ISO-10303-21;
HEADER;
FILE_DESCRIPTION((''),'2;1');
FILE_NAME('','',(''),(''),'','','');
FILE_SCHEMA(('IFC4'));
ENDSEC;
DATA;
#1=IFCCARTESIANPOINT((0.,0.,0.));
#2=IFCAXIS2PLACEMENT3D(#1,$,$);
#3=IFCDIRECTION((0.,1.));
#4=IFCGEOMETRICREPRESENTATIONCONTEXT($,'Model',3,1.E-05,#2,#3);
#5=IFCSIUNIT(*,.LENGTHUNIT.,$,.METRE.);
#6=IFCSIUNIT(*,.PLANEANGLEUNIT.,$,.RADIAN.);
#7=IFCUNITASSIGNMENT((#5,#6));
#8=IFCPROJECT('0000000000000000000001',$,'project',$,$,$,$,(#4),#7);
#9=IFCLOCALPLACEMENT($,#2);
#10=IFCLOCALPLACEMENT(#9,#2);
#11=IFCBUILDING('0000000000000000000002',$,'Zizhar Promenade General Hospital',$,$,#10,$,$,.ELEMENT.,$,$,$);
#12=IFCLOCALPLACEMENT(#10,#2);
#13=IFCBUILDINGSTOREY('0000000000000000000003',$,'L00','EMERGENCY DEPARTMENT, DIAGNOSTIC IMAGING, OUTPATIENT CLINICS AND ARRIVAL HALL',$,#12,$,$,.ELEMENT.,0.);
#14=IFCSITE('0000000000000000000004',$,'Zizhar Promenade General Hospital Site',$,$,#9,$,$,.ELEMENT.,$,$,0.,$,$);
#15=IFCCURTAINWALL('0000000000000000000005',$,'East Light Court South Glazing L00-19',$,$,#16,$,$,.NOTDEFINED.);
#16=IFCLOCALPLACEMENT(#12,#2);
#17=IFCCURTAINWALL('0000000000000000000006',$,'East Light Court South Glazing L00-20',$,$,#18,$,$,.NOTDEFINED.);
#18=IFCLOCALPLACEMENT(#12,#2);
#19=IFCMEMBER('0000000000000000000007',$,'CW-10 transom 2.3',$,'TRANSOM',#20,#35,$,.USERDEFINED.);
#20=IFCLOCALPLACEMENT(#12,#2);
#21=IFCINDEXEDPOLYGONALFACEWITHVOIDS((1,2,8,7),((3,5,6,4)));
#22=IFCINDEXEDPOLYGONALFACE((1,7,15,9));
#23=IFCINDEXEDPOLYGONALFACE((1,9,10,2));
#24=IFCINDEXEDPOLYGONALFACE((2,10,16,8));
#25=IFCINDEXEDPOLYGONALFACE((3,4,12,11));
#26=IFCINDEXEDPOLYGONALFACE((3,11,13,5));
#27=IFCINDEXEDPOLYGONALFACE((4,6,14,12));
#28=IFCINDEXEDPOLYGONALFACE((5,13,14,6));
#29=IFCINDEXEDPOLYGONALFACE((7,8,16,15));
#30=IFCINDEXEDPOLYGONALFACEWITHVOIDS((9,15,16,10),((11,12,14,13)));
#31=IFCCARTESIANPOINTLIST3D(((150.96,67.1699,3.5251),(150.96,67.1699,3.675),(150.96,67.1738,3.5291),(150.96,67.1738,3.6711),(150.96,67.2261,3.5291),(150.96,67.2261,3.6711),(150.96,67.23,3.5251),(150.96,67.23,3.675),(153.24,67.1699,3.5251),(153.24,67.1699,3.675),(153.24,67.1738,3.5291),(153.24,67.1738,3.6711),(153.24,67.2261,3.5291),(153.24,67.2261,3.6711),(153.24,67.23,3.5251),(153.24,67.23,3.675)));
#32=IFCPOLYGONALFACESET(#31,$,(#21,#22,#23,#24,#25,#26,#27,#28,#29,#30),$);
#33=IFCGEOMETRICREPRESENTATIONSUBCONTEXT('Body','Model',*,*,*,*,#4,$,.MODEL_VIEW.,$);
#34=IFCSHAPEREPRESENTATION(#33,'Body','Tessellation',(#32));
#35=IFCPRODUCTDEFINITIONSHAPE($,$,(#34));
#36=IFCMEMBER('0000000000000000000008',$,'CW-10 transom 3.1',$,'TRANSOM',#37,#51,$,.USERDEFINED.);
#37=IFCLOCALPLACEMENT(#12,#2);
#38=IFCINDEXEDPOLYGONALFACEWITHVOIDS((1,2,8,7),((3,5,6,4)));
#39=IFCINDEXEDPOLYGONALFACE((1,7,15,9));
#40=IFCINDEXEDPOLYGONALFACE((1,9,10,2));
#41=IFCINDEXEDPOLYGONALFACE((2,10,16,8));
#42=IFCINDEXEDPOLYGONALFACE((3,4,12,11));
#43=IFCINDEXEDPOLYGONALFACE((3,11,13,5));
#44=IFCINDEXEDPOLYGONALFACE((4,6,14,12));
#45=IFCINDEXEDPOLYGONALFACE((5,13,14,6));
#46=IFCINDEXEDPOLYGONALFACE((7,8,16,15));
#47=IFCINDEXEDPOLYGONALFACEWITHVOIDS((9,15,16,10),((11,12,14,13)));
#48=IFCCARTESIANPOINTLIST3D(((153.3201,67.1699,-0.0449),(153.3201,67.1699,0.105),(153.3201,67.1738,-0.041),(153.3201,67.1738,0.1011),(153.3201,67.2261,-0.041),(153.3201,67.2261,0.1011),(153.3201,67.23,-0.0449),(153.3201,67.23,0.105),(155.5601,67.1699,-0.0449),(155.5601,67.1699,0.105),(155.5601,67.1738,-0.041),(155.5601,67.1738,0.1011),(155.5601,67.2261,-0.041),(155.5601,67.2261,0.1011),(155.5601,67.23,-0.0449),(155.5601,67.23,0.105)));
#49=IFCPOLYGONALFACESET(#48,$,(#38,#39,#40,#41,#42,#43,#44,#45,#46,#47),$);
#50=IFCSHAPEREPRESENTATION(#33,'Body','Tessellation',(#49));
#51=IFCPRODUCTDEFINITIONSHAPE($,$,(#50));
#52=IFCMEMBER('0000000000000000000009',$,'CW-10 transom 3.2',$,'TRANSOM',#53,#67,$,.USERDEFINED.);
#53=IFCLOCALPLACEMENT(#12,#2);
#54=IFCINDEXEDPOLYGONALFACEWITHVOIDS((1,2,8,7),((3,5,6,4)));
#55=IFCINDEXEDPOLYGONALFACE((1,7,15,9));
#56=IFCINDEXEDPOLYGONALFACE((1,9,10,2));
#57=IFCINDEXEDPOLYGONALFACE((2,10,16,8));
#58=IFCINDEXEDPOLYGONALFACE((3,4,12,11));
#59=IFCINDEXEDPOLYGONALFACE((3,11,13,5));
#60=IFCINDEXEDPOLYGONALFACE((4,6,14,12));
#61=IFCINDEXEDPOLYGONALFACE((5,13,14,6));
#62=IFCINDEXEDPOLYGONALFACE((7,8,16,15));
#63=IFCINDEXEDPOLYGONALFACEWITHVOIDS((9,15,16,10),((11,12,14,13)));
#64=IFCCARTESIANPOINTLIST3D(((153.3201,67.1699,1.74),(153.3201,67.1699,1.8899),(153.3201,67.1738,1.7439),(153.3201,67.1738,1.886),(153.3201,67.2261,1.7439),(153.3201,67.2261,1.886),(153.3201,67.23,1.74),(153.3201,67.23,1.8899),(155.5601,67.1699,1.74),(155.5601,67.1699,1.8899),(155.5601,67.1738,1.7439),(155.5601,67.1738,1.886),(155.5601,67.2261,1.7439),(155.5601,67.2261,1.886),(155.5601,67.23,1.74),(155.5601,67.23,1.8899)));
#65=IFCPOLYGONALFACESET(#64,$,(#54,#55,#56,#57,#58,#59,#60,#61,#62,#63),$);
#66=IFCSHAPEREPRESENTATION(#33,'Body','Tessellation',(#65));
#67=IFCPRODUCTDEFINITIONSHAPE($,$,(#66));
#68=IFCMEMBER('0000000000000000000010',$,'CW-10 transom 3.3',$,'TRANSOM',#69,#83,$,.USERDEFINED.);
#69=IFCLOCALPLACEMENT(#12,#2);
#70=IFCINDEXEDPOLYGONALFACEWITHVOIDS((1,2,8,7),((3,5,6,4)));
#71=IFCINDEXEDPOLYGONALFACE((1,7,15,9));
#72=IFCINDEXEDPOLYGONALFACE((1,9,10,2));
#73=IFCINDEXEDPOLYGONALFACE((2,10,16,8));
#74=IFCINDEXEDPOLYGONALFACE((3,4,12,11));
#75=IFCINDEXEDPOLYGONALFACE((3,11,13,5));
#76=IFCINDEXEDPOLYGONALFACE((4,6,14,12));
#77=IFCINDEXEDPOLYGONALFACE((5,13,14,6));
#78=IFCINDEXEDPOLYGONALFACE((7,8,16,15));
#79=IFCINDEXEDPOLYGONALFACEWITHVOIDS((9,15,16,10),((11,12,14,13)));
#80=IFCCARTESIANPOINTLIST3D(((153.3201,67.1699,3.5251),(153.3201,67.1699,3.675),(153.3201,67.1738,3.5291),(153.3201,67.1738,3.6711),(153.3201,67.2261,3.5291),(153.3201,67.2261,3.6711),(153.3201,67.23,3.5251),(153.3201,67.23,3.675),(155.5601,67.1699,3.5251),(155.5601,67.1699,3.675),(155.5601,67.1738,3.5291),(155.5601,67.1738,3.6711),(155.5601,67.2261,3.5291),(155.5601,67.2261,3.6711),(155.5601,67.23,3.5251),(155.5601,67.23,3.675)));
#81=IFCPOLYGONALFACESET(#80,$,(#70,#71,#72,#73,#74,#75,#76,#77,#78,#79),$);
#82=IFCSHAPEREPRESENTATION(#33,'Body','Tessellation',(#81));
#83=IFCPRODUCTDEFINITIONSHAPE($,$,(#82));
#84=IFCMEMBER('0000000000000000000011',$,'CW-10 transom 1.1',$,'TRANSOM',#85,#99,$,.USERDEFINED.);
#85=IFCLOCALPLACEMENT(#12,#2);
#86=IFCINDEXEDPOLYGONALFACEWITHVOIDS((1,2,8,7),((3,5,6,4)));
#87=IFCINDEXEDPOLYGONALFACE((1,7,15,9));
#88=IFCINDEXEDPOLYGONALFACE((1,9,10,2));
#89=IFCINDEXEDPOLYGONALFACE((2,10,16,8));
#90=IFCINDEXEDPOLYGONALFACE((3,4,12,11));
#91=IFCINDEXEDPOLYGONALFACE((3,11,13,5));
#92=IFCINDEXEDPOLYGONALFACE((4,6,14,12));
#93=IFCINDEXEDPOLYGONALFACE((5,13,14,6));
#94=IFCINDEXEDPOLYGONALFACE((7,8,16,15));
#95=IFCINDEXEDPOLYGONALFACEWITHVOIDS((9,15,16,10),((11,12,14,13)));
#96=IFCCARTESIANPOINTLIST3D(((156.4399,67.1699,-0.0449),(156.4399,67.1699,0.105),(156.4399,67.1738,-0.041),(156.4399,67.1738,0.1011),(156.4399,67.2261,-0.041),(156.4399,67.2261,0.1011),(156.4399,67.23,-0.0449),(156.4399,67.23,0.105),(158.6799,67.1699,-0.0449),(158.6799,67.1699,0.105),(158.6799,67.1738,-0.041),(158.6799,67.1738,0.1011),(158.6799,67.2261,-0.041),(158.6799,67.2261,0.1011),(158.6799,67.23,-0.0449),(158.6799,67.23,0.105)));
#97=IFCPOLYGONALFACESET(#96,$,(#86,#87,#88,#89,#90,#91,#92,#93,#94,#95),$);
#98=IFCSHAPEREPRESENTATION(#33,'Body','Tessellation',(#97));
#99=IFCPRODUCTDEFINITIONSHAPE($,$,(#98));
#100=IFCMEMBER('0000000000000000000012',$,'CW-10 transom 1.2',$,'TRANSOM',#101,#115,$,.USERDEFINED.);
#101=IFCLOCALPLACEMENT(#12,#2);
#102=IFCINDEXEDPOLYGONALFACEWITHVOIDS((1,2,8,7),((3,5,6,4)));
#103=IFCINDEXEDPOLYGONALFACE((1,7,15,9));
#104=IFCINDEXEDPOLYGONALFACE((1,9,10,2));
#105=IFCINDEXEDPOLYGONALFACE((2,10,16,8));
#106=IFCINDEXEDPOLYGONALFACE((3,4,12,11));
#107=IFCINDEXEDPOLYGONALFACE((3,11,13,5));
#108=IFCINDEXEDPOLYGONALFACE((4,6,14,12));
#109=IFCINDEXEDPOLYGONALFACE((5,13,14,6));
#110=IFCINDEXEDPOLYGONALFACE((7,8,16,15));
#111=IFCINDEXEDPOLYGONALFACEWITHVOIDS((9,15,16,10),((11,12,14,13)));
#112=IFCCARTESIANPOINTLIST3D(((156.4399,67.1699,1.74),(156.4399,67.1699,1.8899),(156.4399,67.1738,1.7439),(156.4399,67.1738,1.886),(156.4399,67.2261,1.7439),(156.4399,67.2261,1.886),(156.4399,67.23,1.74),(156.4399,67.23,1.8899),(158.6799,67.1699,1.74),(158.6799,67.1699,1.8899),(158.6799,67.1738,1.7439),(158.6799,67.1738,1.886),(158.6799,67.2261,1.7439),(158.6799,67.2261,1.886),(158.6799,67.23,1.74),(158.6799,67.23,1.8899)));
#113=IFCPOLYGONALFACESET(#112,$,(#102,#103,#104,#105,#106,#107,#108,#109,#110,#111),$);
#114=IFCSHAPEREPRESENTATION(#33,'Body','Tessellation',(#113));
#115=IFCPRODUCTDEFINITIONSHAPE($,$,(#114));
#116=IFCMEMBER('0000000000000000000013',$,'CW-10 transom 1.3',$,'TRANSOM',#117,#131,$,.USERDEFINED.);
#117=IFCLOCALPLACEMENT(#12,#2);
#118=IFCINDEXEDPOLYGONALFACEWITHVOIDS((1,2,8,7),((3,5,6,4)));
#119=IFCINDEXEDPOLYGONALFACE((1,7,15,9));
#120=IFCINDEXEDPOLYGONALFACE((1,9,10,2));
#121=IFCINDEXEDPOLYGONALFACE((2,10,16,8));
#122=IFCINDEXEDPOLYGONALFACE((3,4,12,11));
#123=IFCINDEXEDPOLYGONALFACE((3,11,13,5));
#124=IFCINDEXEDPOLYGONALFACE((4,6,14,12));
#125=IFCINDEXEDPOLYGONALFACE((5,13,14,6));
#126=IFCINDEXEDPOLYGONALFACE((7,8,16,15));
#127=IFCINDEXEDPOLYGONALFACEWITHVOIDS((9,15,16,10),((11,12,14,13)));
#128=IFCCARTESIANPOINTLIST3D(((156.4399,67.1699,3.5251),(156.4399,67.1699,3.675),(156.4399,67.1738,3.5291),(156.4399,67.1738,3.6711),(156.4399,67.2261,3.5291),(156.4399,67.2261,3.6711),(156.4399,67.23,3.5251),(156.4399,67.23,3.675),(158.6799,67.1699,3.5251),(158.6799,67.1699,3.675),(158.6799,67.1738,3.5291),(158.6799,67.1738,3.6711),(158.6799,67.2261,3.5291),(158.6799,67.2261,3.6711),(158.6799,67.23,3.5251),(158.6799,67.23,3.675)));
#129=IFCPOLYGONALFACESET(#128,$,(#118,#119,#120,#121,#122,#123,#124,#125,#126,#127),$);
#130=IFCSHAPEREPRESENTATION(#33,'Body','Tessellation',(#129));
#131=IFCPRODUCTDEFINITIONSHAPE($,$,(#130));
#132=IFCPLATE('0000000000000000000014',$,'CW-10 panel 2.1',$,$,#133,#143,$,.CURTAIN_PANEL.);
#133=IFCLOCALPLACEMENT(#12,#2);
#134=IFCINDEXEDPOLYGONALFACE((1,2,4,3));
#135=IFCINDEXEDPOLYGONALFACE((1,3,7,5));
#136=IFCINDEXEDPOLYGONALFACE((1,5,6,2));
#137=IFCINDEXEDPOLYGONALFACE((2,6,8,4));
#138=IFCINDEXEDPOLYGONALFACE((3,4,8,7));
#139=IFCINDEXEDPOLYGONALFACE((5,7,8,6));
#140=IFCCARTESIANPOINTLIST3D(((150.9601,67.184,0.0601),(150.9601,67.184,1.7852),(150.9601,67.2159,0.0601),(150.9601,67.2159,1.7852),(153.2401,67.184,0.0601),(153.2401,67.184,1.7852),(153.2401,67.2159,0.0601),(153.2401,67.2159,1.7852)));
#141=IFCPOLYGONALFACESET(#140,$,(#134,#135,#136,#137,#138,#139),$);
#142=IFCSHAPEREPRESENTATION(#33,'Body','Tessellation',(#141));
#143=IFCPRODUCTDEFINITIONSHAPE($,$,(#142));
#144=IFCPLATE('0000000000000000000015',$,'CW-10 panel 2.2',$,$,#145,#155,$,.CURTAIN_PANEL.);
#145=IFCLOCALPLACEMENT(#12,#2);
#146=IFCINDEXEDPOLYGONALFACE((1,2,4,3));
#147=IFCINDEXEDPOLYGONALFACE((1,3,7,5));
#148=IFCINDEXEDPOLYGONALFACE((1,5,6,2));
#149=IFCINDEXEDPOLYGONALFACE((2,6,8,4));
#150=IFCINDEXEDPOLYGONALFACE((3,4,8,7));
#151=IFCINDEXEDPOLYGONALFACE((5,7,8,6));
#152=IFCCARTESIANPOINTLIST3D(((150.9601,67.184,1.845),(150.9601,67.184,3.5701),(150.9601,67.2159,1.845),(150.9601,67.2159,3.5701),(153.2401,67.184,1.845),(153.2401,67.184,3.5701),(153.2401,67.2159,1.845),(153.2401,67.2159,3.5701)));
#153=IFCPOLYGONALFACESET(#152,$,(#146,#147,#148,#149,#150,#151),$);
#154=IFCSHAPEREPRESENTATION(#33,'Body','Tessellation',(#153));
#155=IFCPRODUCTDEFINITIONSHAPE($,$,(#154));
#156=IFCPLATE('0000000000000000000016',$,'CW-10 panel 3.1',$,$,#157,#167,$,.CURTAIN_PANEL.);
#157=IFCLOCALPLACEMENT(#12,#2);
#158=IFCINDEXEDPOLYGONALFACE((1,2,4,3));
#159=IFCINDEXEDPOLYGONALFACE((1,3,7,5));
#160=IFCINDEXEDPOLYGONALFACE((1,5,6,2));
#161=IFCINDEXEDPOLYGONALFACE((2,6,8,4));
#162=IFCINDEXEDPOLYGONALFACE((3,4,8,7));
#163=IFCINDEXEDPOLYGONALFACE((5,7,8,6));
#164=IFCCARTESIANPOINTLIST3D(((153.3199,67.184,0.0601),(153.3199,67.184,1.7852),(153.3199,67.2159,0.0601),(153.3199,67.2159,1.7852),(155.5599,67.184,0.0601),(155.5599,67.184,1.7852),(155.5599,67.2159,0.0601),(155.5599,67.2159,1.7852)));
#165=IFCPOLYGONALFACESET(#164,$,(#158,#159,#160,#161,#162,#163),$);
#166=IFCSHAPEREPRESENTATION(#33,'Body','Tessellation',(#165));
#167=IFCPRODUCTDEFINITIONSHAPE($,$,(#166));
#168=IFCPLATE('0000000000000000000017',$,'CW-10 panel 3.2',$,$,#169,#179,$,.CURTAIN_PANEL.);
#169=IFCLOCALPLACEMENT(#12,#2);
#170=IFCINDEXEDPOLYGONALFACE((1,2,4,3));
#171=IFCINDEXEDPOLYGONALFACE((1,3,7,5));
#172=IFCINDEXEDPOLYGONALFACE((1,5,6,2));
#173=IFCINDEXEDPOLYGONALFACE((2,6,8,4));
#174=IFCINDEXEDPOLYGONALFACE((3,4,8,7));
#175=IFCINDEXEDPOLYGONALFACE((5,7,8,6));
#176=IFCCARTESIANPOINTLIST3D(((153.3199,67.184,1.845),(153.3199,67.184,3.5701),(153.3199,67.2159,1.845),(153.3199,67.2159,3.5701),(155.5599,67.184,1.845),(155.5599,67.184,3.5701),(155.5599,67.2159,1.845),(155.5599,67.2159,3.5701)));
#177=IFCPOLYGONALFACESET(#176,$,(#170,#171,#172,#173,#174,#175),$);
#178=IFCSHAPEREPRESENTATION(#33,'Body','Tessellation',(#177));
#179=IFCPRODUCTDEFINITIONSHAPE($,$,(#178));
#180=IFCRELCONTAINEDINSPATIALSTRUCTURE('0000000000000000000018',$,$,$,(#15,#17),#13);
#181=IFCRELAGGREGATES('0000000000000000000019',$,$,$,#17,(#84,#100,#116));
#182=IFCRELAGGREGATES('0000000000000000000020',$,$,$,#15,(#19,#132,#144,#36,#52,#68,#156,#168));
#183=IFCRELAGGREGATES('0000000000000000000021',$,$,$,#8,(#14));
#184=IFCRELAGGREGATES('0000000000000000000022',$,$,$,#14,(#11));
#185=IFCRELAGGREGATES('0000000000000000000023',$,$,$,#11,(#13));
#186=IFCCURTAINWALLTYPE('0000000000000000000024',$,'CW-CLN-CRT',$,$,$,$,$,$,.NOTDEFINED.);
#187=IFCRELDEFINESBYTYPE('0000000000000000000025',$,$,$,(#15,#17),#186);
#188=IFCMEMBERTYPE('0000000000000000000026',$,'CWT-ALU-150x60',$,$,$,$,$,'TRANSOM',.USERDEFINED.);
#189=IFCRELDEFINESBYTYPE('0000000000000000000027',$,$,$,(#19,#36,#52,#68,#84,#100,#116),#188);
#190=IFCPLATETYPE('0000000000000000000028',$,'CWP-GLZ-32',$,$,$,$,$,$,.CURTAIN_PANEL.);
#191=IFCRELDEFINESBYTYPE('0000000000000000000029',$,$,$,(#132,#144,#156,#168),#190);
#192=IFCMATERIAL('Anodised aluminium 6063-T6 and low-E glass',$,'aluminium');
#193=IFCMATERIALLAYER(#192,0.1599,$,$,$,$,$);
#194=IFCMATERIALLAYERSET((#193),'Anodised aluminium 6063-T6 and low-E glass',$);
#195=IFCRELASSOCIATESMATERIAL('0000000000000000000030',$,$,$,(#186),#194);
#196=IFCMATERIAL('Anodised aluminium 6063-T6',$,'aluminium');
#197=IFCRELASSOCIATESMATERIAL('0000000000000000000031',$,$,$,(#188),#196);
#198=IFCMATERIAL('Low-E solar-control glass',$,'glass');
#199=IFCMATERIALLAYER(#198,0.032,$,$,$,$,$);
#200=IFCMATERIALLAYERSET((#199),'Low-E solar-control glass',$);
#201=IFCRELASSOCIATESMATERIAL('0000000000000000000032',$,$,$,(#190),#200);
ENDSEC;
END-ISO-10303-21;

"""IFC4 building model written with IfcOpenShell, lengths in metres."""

from ifc_helpers import new_model, si_unit, direction, frame, origin, origin_2d, place, context, subcontext, project, spatial, rectangle, hollow_rectangle, extrude, material, layer, layer_set, material_profile, profile_set, type_object, element, aggregate, save


model = new_model("IFC4")

# Units and contexts
model_context = context("Model", 3, precision=1e-05, world=origin(), true_north=direction((0.0, 1.0)))
body_context = subcontext(model_context, "Body", "Model", "MODEL_VIEW")
ifc_project = project(units=[si_unit("LENGTHUNIT", "METRE"), si_unit("PLANEANGLEUNIT", "RADIAN")], contexts=[model_context])

# Site, building, storey
site_placement = place(None, origin())
site = spatial("IfcSite", under=ifc_project, at=site_placement, Name="Zizhar Promenade General Hospital Site", CompositionType="ELEMENT", RefElevation=0.0)
building_placement = place(site_placement, origin())
building = spatial("IfcBuilding", under=site, at=building_placement, Name="Zizhar Promenade General Hospital", CompositionType="ELEMENT")
storey_placement = place(building_placement, origin())
storey = spatial("IfcBuildingStorey", under=building, at=storey_placement, Name="L00", Description="EMERGENCY DEPARTMENT, DIAGNOSTIC IMAGING, OUTPATIENT CLINICS AND ARRIVAL HALL", CompositionType="ELEMENT", Elevation=0.0)

# Curtain wall
ifc_material_1 = material(Name="Anodised aluminium 6063-T6 and low-E glass", Category="aluminium")
ifc_layer_1 = layer(ifc_material_1, 0.1599)
ifc_layer_set_1 = layer_set([ifc_layer_1], Name="Anodised aluminium 6063-T6 and low-E glass")
curtain_wall_type = type_object("IfcCurtainWallType", Name="CW-CLN-CRT", PredefinedType="NOTDEFINED", material=ifc_layer_set_1)
curtain_wall_1_placement = place(storey_placement, origin())
curtain_wall_1 = element("IfcCurtainWall", 1, at=curtain_wall_1_placement, inside=storey, type_object=curtain_wall_type, Name="East Light Court South Glazing L00-19", PredefinedType="NOTDEFINED")

# Curtain wall
curtain_wall_2_placement = place(storey_placement, origin())
curtain_wall_2 = element("IfcCurtainWall", 2, at=curtain_wall_2_placement, inside=storey, type_object=curtain_wall_type, Name="East Light Court South Glazing L00-20", PredefinedType="NOTDEFINED")

# Members
ifc_material_2 = material(Name="Anodised aluminium 6063-T6", Category="aluminium")
ifc_material_profile_1 = material_profile(ifc_material_2, hollow_rectangle(XDim=0.0601, YDim=0.1499, WallThickness=0.0039, at=origin_2d()))
ifc_profile_set_1 = profile_set([ifc_material_profile_1], Name="Anodised aluminium 6063-T6")
member_type_1 = type_object("IfcMemberType", Name="CWT-ALU-150x60", ElementType="TRANSOM", PredefinedType="USERDEFINED", material=ifc_profile_set_1)
member_1_placement = place(storey_placement, frame((150.96, 67.2, 3.6001), z_axis=(1.0, 0.0, 0.0), x_axis=(0.0, 1.0, 0.0)))
member_1 = element("IfcMember", 3, at=member_1_placement, type_object=member_type_1, Name="CW-10 transom 2.3", ObjectType="TRANSOM", PredefinedType="USERDEFINED", context=body_context, shape_type="SweptSolid", body=[
    extrude(hollow_rectangle(XDim=0.0601, YDim=0.1499, WallThickness=0.0039, at=origin_2d()), origin(), (0.0, 0.0, 1.0), 2.28),
])
member_2_placement = place(storey_placement, frame((153.3201, 67.2, 0.03), z_axis=(1.0, 0.0, 0.0), x_axis=(0.0, 1.0, 0.0)))
member_2 = element("IfcMember", 4, at=member_2_placement, type_object=member_type_1, Name="CW-10 transom 3.1", ObjectType="TRANSOM", PredefinedType="USERDEFINED", context=body_context, shape_type="SweptSolid", body=[
    extrude(hollow_rectangle(XDim=0.0601, YDim=0.1499, WallThickness=0.0039, at=origin_2d()), origin(), (0.0, 0.0, 1.0), 2.24),
])
member_3_placement = place(storey_placement, frame((153.3201, 67.2, 1.8149), z_axis=(1.0, 0.0, 0.0), x_axis=(0.0, 1.0, 0.0)))
member_3 = element("IfcMember", 5, at=member_3_placement, type_object=member_type_1, Name="CW-10 transom 3.2", ObjectType="TRANSOM", PredefinedType="USERDEFINED", context=body_context, shape_type="SweptSolid", body=[
    extrude(hollow_rectangle(XDim=0.0601, YDim=0.1499, WallThickness=0.0039, at=origin_2d()), origin(), (0.0, 0.0, 1.0), 2.24),
])
member_4_placement = place(storey_placement, frame((153.3201, 67.2, 3.6001), z_axis=(1.0, 0.0, 0.0), x_axis=(0.0, 1.0, 0.0)))
member_4 = element("IfcMember", 6, at=member_4_placement, type_object=member_type_1, Name="CW-10 transom 3.3", ObjectType="TRANSOM", PredefinedType="USERDEFINED", context=body_context, shape_type="SweptSolid", body=[
    extrude(hollow_rectangle(XDim=0.0601, YDim=0.1499, WallThickness=0.0039, at=origin_2d()), origin(), (0.0, 0.0, 1.0), 2.24),
])
member_5_placement = place(storey_placement, frame((156.4399, 67.2, 0.03), z_axis=(1.0, 0.0, 0.0), x_axis=(0.0, 1.0, 0.0)))
member_5 = element("IfcMember", 7, at=member_5_placement, type_object=member_type_1, Name="CW-10 transom 1.1", ObjectType="TRANSOM", PredefinedType="USERDEFINED", context=body_context, shape_type="SweptSolid", body=[
    extrude(hollow_rectangle(XDim=0.0601, YDim=0.1499, WallThickness=0.0039, at=origin_2d()), origin(), (0.0, 0.0, 1.0), 2.24),
])
member_6_placement = place(storey_placement, frame((156.4399, 67.2, 1.8149), z_axis=(1.0, 0.0, 0.0), x_axis=(0.0, 1.0, 0.0)))
member_6 = element("IfcMember", 8, at=member_6_placement, type_object=member_type_1, Name="CW-10 transom 1.2", ObjectType="TRANSOM", PredefinedType="USERDEFINED", context=body_context, shape_type="SweptSolid", body=[
    extrude(hollow_rectangle(XDim=0.0601, YDim=0.1499, WallThickness=0.0039, at=origin_2d()), origin(), (0.0, 0.0, 1.0), 2.24),
])
member_7_placement = place(storey_placement, frame((156.4399, 67.2, 3.6001), z_axis=(1.0, 0.0, 0.0), x_axis=(0.0, 1.0, 0.0)))
member_7 = element("IfcMember", 9, at=member_7_placement, type_object=member_type_1, Name="CW-10 transom 1.3", ObjectType="TRANSOM", PredefinedType="USERDEFINED", context=body_context, shape_type="SweptSolid", body=[
    extrude(hollow_rectangle(XDim=0.0601, YDim=0.1499, WallThickness=0.0039, at=origin_2d()), origin(), (0.0, 0.0, 1.0), 2.24),
])
aggregate(curtain_wall_2, [member_5, member_6, member_7])

# Plates
ifc_material_3 = material(Name="Low-E solar-control glass", Category="glass")
ifc_layer_2 = layer(ifc_material_3, 0.032)
ifc_layer_set_2 = layer_set([ifc_layer_2], Name="Low-E solar-control glass")
plate_type = type_object("IfcPlateType", Name="CWP-GLZ-32", PredefinedType="CURTAIN_PANEL", material=ifc_layer_set_2)
plate_1_placement = place(storey_placement, frame((152.1001, 67.2, 0.0601), z_axis=(0.0, 0.0, 1.0), x_axis=(1.0, 0.0, 0.0)))
plate_1 = element("IfcPlate", 10, at=plate_1_placement, type_object=plate_type, Name="CW-10 panel 2.1", PredefinedType="CURTAIN_PANEL", context=body_context, shape_type="SweptSolid", body=[
    extrude(rectangle(XDim=2.28, YDim=0.032, at=origin_2d()), origin(), (0.0, 0.0, 1.0), 1.7251),
])
plate_2_placement = place(storey_placement, frame((152.1001, 67.2, 1.845), z_axis=(0.0, 0.0, 1.0), x_axis=(1.0, 0.0, 0.0)))
plate_2 = element("IfcPlate", 11, at=plate_2_placement, type_object=plate_type, Name="CW-10 panel 2.2", PredefinedType="CURTAIN_PANEL", context=body_context, shape_type="SweptSolid", body=[
    extrude(rectangle(XDim=2.28, YDim=0.032, at=origin_2d()), origin(), (0.0, 0.0, 1.0), 1.7251),
])
plate_3_placement = place(storey_placement, frame((154.4399, 67.2, 0.0601), z_axis=(0.0, 0.0, 1.0), x_axis=(1.0, 0.0, 0.0)))
plate_3 = element("IfcPlate", 12, at=plate_3_placement, type_object=plate_type, Name="CW-10 panel 3.1", PredefinedType="CURTAIN_PANEL", context=body_context, shape_type="SweptSolid", body=[
    extrude(rectangle(XDim=2.24, YDim=0.032, at=origin_2d()), origin(), (0.0, 0.0, 1.0), 1.7251),
])
plate_4_placement = place(storey_placement, frame((154.4399, 67.2, 1.845), z_axis=(0.0, 0.0, 1.0), x_axis=(1.0, 0.0, 0.0)))
plate_4 = element("IfcPlate", 13, at=plate_4_placement, type_object=plate_type, Name="CW-10 panel 3.2", PredefinedType="CURTAIN_PANEL", context=body_context, shape_type="SweptSolid", body=[
    extrude(rectangle(XDim=2.24, YDim=0.032, at=origin_2d()), origin(), (0.0, 0.0, 1.0), 1.7251),
])
aggregate(curtain_wall_1, [member_1, plate_1, plate_2, member_2, member_3, member_4, plate_3, plate_4])

save(model, "model.ifc")
